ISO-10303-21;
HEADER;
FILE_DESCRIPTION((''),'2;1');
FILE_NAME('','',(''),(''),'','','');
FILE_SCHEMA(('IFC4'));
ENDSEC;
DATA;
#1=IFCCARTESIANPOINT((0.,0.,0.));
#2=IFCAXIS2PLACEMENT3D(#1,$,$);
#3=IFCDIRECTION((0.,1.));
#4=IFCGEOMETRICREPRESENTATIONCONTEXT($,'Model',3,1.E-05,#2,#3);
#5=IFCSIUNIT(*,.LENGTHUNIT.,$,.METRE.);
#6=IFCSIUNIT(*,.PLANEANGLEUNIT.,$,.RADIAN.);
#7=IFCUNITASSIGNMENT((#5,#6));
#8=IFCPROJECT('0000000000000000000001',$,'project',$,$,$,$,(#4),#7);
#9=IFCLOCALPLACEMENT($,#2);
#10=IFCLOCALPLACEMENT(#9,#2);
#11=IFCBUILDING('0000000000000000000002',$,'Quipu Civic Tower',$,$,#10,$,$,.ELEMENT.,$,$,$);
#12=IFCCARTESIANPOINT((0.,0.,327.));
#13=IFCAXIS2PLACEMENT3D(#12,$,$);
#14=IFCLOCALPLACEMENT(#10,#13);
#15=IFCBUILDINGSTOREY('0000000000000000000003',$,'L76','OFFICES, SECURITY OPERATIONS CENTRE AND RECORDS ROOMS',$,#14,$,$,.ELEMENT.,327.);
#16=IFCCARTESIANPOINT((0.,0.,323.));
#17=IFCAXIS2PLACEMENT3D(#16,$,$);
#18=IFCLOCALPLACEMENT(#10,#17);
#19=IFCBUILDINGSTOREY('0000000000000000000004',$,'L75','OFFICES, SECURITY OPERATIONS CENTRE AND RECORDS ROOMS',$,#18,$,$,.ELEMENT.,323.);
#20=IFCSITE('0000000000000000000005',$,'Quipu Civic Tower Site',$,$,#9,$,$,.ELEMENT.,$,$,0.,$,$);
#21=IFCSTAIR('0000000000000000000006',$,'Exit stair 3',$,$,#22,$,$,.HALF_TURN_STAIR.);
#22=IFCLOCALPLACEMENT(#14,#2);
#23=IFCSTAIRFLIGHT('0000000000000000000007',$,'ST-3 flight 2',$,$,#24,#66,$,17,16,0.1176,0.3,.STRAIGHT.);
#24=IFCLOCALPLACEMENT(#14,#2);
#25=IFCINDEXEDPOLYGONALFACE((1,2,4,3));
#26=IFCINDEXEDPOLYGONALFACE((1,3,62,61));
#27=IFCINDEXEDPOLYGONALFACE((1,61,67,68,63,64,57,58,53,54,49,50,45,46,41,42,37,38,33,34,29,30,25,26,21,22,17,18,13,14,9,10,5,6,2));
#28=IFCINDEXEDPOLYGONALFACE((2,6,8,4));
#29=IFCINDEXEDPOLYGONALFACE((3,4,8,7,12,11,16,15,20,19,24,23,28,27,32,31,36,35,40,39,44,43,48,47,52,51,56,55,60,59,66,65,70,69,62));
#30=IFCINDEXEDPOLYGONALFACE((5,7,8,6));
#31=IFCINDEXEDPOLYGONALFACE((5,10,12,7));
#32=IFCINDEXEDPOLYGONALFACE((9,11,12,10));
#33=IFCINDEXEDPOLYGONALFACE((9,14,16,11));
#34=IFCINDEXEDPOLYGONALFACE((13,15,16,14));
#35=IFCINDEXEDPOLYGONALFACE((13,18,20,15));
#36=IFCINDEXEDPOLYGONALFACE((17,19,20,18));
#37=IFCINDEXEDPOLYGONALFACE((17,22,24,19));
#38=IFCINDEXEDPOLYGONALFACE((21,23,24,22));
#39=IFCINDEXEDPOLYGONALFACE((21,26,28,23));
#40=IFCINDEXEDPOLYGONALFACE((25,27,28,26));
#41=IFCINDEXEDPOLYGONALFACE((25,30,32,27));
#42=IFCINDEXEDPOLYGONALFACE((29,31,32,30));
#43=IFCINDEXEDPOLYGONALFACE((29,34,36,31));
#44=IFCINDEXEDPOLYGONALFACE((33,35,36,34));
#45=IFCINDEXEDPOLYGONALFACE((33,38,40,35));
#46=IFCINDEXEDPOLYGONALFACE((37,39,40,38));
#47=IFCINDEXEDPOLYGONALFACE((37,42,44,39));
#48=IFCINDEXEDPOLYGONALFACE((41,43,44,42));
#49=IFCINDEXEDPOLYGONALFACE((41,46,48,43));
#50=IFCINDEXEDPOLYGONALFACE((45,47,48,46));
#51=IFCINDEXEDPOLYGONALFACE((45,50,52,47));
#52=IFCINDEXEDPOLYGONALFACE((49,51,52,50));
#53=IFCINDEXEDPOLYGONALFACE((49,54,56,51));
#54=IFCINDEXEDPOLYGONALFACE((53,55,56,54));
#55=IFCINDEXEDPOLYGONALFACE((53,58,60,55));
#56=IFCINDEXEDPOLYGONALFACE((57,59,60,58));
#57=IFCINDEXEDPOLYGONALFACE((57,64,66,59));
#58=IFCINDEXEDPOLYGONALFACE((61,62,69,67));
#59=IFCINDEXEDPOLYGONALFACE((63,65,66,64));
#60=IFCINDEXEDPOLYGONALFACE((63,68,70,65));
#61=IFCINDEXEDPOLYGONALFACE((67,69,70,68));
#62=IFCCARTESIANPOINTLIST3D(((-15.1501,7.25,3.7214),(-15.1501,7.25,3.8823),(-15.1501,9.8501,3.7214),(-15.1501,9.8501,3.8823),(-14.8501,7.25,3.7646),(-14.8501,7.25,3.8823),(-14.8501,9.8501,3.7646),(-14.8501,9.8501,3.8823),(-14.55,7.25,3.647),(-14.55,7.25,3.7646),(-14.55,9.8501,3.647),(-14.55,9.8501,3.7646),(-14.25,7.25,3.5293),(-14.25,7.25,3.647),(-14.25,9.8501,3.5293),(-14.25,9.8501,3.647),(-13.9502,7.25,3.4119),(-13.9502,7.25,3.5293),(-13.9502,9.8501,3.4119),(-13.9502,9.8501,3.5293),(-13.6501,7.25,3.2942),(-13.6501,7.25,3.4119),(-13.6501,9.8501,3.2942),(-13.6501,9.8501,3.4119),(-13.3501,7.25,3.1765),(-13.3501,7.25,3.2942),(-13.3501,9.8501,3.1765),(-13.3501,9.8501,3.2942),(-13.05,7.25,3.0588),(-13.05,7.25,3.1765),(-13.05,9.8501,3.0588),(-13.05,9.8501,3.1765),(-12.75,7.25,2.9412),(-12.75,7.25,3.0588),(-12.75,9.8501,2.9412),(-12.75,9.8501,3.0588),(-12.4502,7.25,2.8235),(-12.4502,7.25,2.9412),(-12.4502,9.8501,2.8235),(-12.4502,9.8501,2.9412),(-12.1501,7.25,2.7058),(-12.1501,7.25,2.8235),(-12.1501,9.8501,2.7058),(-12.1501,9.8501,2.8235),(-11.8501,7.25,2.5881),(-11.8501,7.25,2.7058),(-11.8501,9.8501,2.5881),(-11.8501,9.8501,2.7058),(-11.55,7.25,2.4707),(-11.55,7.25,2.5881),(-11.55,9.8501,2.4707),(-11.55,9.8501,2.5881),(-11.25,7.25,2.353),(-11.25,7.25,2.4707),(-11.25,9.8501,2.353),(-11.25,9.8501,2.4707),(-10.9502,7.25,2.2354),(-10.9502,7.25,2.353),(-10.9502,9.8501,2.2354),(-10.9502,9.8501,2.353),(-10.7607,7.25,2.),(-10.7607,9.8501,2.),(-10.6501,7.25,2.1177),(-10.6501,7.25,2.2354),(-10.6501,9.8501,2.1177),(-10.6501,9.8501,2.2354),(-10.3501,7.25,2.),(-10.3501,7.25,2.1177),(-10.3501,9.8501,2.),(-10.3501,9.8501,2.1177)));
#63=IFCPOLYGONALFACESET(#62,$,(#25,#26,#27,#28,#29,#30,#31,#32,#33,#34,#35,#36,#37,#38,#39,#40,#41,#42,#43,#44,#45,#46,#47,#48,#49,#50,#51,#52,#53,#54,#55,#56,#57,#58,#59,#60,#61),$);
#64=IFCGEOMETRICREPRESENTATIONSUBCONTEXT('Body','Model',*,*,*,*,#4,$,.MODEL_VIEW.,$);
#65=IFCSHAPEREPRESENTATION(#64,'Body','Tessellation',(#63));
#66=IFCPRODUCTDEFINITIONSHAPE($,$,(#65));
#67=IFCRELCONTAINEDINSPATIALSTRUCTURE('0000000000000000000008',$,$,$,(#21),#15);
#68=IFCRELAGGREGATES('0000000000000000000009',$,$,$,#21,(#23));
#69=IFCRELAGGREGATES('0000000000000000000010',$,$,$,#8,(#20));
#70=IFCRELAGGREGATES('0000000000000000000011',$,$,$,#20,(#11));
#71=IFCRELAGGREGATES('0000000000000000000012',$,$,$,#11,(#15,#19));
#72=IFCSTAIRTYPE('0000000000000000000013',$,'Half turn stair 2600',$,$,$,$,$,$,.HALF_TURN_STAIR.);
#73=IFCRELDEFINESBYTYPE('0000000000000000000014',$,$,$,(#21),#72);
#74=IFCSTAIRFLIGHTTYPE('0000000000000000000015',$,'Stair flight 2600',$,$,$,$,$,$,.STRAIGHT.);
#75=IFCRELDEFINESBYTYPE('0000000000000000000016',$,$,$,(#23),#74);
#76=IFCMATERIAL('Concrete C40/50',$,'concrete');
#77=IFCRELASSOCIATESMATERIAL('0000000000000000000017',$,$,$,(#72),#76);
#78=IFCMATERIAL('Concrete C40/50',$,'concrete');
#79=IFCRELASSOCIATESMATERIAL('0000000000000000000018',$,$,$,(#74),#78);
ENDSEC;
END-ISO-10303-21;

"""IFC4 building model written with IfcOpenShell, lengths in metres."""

from ifc_helpers import new_model, si_unit, direction, frame, origin, place, context, subcontext, project, spatial, polyline, outline, extrude, material, type_object, element, aggregate, save


model = new_model("IFC4")

# Units and contexts
model_context = context("Model", 3, precision=1e-05, world=origin(), true_north=direction((0.0, 1.0)))
body_context = subcontext(model_context, "Body", "Model", "MODEL_VIEW")
ifc_project = project(units=[si_unit("LENGTHUNIT", "METRE"), si_unit("PLANEANGLEUNIT", "RADIAN")], contexts=[model_context])

# Site, building, storey
site_placement = place(None, origin())
site = spatial("IfcSite", under=ifc_project, at=site_placement, Name="Quipu Civic Tower Site", CompositionType="ELEMENT", RefElevation=0.0)
building_placement = place(site_placement, origin())
building = spatial("IfcBuilding", under=site, at=building_placement, Name="Quipu Civic Tower", CompositionType="ELEMENT")
storey_1_placement = place(building_placement, frame((0.0, 0.0, 327.0)))
storey_1 = spatial("IfcBuildingStorey", under=building, at=storey_1_placement, Name="L76", Description="OFFICES, SECURITY OPERATIONS CENTRE AND RECORDS ROOMS", CompositionType="ELEMENT", Elevation=327.0)

# Shared definitions
storey_2_placement = place(building_placement, frame((0.0, 0.0, 323.0)))
storey_2 = spatial("IfcBuildingStorey", under=building, at=storey_2_placement, Name="L75", Description="OFFICES, SECURITY OPERATIONS CENTRE AND RECORDS ROOMS", CompositionType="ELEMENT", Elevation=323.0)

# Stair, stair flight
ifc_material_1 = material(Name="Concrete C40/50", Category="concrete")
stair_type = type_object("IfcStairType", Name="Half turn stair 2600", PredefinedType="HALF_TURN_STAIR", material=ifc_material_1)
stair_placement = place(storey_1_placement, origin())
stair = element("IfcStair", 1, at=stair_placement, inside=storey_1, type_object=stair_type, Name="Exit stair 3", PredefinedType="HALF_TURN_STAIR")
ifc_material_2 = material(Name="Concrete C40/50", Category="concrete")
stair_flight_type = type_object("IfcStairFlightType", Name="Stair flight 2600", PredefinedType="STRAIGHT", material=ifc_material_2)
stair_flight_1_placement = place(storey_1_placement, frame((-10.3501, 8.55, 2.0), z_axis=(0.0, 0.0, 1.0), x_axis=(-1.0, 0.0, 0.0)))
stair_flight_1 = element("IfcStairFlight", 2, at=stair_flight_1_placement, type_object=stair_flight_type, Name="ST-3 flight 2", NumberOfRisers=17, NumberOfTreads=16, PredefinedType="STRAIGHT", RiserHeight=0.1176, TreadLength=0.3, context=body_context, shape_type="SweptSolid", body=[
    extrude(outline(polyline([(0.0, 0.0), (0.0, 0.1177), (0.3, 0.1177), (0.3, 0.2354), (0.6001, 0.2354), (0.6001, 0.353), (0.8999, 0.353), (0.8999, 0.4707), (1.2, 0.4707), (1.2, 0.5881), (1.5, 0.5881), (1.5, 0.7058), (1.8, 0.7058), (1.8, 0.8235), (2.1001, 0.8235), (2.1001, 0.9412), (2.3999, 0.9412), (2.3999, 1.0588), (2.7, 1.0588), (2.7, 1.1765), (3.0, 1.1765), (3.0, 1.2942), (3.3, 1.2942), (3.3, 1.4119), (3.6001, 1.4119), (3.6001, 1.5293), (3.8999, 1.5293), (3.8999, 1.647), (4.2, 1.647), (4.2, 1.7646), (4.5, 1.7646), (4.5, 1.8823), (4.8, 1.8823), (4.8, 2.0), (4.8, 1.7214), (0.4106, 0.0), (0.0, 0.0)])), frame((0.0, 1.3, 0.0), z_axis=(0.0, -1.0, 0.0), x_axis=(1.0, 0.0, 0.0)), (0.0, 0.0, 1.0), 2.6001),
])
aggregate(stair, [stair_flight_1])

save(model, "model.ifc")
